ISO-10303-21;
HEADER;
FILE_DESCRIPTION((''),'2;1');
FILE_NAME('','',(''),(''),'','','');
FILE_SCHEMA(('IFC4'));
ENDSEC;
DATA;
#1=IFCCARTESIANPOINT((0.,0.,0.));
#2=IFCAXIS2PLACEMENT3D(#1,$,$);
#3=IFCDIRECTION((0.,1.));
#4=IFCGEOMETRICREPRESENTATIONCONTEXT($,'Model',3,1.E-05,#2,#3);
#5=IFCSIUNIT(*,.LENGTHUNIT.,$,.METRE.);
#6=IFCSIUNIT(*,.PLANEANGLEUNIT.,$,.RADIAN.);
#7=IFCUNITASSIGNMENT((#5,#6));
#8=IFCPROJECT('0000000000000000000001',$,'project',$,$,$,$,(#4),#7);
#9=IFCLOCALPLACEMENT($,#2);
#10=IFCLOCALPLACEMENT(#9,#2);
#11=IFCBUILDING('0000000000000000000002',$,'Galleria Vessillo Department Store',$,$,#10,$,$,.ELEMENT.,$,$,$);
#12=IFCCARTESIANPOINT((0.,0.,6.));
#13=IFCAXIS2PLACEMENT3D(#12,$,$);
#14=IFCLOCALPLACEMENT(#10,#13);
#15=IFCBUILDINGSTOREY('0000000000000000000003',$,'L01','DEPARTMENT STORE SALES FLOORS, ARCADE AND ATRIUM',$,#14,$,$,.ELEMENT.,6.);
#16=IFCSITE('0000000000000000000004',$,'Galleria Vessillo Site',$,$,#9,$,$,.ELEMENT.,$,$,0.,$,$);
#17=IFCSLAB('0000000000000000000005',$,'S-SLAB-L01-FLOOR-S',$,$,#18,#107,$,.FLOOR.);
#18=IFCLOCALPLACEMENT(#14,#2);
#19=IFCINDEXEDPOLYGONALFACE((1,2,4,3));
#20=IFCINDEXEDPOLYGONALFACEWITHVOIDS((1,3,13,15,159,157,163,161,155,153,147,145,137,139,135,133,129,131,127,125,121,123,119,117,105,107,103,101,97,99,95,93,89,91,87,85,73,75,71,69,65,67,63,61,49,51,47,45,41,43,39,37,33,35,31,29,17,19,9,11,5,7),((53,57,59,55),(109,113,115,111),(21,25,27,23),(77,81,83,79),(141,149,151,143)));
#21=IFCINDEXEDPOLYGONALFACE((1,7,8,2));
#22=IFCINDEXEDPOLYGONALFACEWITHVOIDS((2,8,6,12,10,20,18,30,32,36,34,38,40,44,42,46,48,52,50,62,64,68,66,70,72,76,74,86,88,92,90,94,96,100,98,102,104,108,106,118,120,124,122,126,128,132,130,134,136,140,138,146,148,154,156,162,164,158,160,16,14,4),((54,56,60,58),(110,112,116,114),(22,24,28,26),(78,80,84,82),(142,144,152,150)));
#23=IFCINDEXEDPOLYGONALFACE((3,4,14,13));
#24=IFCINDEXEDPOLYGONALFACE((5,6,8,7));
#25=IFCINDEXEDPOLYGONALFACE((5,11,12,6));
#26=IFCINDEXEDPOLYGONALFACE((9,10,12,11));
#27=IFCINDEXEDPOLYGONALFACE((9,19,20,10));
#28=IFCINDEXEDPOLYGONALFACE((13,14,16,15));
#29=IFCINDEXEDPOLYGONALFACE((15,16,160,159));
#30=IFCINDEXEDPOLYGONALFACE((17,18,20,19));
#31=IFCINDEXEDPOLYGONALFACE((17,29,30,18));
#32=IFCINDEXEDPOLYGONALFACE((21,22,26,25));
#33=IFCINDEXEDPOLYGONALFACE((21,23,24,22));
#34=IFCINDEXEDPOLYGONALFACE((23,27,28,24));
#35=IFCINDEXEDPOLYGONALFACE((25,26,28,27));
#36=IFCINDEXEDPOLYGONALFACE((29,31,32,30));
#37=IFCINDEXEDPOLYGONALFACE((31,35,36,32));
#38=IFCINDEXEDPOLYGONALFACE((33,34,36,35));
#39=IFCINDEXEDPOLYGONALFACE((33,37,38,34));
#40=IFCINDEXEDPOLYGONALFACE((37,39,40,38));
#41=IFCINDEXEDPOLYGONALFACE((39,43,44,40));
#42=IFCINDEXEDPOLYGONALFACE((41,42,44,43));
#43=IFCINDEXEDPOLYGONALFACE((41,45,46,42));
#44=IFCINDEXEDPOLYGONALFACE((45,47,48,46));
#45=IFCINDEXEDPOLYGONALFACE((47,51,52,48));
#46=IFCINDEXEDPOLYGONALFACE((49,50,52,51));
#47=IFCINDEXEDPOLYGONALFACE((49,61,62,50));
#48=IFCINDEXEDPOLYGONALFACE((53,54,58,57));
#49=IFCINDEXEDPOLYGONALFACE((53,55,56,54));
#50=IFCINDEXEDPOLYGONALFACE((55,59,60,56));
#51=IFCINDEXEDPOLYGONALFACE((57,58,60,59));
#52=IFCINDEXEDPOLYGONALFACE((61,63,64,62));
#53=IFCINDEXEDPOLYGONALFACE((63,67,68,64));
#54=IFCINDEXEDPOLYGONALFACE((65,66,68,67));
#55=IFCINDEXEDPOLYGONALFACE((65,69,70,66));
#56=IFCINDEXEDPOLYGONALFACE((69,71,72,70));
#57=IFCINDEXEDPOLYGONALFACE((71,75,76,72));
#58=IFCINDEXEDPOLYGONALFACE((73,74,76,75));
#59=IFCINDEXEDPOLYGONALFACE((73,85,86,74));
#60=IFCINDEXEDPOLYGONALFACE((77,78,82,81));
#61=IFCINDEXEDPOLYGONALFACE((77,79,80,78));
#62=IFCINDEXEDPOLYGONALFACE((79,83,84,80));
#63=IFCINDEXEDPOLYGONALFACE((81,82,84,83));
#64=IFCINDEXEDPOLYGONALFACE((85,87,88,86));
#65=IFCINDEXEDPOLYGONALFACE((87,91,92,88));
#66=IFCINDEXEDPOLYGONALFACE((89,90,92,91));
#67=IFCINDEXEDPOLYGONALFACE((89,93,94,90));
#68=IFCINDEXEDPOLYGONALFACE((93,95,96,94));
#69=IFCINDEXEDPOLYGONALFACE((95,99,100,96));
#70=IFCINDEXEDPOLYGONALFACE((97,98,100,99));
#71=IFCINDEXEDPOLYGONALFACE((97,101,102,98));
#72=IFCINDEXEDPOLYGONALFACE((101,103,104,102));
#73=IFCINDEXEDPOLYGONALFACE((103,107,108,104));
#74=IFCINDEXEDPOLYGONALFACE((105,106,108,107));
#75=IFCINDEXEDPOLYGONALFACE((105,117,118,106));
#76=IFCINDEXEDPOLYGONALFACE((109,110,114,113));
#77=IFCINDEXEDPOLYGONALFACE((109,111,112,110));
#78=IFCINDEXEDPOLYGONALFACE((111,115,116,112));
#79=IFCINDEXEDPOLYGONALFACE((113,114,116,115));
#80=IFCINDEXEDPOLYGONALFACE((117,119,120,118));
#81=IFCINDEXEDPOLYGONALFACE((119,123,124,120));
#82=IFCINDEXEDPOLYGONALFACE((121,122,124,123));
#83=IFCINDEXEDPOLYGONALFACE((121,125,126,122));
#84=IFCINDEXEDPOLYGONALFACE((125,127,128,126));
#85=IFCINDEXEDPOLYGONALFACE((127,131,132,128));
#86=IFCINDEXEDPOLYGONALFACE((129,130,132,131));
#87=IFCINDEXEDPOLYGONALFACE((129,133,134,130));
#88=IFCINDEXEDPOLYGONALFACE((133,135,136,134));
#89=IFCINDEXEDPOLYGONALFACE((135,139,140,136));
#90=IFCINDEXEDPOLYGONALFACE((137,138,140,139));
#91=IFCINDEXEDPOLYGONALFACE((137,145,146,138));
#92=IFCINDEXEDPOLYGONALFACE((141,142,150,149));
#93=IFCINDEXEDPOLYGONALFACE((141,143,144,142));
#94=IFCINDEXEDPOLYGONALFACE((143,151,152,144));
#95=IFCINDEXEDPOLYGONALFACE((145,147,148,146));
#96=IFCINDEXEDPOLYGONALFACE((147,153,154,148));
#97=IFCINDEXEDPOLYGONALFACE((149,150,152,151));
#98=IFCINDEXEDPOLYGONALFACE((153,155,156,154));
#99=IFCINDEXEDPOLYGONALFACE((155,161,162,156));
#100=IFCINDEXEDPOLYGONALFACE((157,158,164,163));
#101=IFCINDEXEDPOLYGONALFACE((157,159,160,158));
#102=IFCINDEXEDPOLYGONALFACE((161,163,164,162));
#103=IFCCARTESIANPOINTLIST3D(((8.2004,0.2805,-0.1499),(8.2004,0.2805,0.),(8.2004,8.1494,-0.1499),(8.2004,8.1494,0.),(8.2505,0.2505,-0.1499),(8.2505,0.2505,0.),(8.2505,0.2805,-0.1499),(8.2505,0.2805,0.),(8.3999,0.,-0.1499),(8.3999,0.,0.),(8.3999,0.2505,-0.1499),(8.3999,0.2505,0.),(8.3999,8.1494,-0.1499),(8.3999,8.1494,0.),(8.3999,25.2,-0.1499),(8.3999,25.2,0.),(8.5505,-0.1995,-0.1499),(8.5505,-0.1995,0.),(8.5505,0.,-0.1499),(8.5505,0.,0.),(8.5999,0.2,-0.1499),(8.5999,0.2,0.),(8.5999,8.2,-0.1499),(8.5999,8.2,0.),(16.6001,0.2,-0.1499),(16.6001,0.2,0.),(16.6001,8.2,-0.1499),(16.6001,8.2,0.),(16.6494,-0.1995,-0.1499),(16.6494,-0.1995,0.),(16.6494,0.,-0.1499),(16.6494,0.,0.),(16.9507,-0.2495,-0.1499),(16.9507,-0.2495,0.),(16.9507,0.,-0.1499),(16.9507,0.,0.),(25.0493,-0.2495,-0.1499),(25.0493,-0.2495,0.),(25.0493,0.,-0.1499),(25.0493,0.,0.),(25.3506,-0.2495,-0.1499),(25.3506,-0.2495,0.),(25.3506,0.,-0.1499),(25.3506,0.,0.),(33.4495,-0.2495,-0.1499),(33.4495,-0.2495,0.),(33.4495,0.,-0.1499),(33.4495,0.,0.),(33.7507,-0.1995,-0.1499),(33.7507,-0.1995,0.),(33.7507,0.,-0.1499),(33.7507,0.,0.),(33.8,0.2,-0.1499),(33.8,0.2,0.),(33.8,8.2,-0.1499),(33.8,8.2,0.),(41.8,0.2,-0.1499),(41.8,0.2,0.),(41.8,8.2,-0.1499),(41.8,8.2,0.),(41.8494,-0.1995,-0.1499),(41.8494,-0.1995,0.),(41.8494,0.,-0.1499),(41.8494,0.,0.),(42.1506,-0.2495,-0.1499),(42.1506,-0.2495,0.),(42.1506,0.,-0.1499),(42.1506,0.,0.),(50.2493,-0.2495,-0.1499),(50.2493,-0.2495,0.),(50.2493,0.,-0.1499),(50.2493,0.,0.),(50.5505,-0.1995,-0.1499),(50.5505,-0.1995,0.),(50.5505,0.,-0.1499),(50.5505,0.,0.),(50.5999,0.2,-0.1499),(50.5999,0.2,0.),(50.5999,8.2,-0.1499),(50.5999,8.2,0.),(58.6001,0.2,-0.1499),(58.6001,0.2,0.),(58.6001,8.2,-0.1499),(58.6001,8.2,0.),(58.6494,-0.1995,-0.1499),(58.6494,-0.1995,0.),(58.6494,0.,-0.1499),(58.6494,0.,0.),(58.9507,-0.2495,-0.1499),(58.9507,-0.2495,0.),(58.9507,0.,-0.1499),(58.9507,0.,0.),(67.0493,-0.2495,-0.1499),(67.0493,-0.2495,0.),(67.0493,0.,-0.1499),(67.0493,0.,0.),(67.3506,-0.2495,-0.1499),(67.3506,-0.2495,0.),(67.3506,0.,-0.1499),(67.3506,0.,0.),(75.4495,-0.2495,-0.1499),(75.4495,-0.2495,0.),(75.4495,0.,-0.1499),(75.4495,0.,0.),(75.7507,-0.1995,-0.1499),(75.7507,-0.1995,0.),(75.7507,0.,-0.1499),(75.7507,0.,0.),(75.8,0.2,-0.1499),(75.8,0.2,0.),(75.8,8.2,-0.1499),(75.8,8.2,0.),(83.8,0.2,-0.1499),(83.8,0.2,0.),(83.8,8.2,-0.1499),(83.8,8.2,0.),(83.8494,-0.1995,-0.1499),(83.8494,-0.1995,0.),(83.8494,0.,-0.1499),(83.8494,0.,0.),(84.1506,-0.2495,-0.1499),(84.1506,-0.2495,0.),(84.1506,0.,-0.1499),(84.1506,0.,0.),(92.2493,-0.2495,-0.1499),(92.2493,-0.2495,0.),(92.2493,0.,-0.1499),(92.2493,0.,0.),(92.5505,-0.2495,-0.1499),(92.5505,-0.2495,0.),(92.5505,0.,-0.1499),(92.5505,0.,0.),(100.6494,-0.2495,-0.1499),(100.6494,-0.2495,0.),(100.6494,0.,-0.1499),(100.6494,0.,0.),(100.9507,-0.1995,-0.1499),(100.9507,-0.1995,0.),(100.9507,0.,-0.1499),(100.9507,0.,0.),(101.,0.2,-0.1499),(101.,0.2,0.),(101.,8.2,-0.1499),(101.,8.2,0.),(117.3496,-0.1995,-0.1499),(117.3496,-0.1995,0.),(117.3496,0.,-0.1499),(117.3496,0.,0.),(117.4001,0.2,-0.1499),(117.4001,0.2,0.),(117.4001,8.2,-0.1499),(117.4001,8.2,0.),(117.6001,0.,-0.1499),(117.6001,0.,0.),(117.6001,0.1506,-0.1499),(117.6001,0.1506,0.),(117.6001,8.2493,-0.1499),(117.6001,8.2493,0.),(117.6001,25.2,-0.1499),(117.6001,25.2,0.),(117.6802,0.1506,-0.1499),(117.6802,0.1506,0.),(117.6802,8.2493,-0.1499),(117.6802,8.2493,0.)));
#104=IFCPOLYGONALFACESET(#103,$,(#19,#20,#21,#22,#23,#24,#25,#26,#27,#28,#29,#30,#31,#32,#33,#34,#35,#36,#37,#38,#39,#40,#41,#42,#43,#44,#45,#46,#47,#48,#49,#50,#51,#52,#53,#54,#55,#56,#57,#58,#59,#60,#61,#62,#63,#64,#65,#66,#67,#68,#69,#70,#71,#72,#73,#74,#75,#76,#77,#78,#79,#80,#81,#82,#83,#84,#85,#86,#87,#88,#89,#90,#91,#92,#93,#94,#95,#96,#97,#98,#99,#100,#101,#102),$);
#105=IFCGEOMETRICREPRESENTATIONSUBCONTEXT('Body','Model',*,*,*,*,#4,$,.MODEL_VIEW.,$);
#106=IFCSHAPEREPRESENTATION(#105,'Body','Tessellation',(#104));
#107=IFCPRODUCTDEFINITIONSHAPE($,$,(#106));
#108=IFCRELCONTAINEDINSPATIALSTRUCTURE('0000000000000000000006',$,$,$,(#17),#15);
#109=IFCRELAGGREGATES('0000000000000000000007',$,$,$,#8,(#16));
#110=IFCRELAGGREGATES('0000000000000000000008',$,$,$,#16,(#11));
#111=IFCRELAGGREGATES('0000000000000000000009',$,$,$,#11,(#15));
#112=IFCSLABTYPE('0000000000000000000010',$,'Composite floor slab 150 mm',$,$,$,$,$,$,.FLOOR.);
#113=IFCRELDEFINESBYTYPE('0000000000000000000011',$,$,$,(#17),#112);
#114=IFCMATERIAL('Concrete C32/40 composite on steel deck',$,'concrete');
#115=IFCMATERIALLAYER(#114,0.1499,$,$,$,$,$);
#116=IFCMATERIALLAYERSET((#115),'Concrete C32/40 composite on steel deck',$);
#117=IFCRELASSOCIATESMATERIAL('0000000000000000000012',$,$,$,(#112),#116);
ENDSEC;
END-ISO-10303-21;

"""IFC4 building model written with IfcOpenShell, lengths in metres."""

from ifc_helpers import new_model, si_unit, direction, frame, origin, place, context, subcontext, project, spatial, polyline, outline, extrude, material, layer, layer_set, type_object, element, save


model = new_model("IFC4")

# Units and contexts
model_context = context("Model", 3, precision=1e-05, world=origin(), true_north=direction((0.0, 1.0)))
body_context = subcontext(model_context, "Body", "Model", "MODEL_VIEW")
ifc_project = project(units=[si_unit("LENGTHUNIT", "METRE"), si_unit("PLANEANGLEUNIT", "RADIAN")], contexts=[model_context])

# Site, building, storey
site_placement = place(None, origin())
site = spatial("IfcSite", under=ifc_project, at=site_placement, Name="Galleria Vessillo Site", CompositionType="ELEMENT", RefElevation=0.0)
building_placement = place(site_placement, origin())
building = spatial("IfcBuilding", under=site, at=building_placement, Name="Galleria Vessillo Department Store", CompositionType="ELEMENT")
storey_placement = place(building_placement, frame((0.0, 0.0, 6.0)))
storey = spatial("IfcBuildingStorey", under=building, at=storey_placement, Name="L01", Description="DEPARTMENT STORE SALES FLOORS, ARCADE AND ATRIUM", CompositionType="ELEMENT", Elevation=6.0)

# Slab
ifc_material_1 = material(Name="Concrete C32/40 composite on steel deck", Category="concrete")
ifc_layer_1 = layer(ifc_material_1, 0.1499)
ifc_layer_set_1 = layer_set([ifc_layer_1], Name="Concrete C32/40 composite on steel deck")
slab_type_1 = type_object("IfcSlabType", Name="Composite floor slab 150 mm", PredefinedType="FLOOR", material=ifc_layer_set_1)
slab_1_placement = place(storey_placement, frame((0.0, 0.0, -0.1499)))
element("IfcSlab", 1, at=slab_1_placement, inside=storey, type_object=slab_type_1, Name="S-SLAB-L01-FLOOR-S", PredefinedType="FLOOR", context=body_context, shape_type="SweptSolid", body=[
    extrude(outline(polyline([(84.1506, 0.0), (83.8494, 0.0), (83.8494, -0.1995), (75.7507, -0.1995), (75.7507, 0.0), (75.4495, 0.0), (75.4495, -0.2495), (67.3506, -0.2495), (67.3506, 0.0), (67.0493, 0.0), (67.0493, -0.2495), (58.9507, -0.2495), (58.9507, 0.0), (58.6494, 0.0), (58.6494, -0.1995), (50.5505, -0.1995), (50.5505, 0.0), (50.2493, 0.0), (50.2493, -0.2495), (42.1506, -0.2495), (42.1506, 0.0), (41.8494, 0.0), (41.8494, -0.1995), (33.7507, -0.1995), (33.7507, 0.0), (33.4495, 0.0), (33.4495, -0.2495), (25.3506, -0.2495), (25.3506, 0.0), (25.0493, 0.0), (25.0493, -0.2495), (16.9507, -0.2495), (16.9507, 0.0), (16.6494, 0.0), (16.6494, -0.1995), (8.5505, -0.1995), (8.5505, 0.0), (8.3999, 0.0), (8.3999, 0.2505), (8.2505, 0.2505), (8.2505, 0.2805), (8.2004, 0.2805), (8.2004, 8.1494), (8.3999, 8.1494), (8.3999, 25.2), (117.6001, 25.2), (117.6001, 8.2493), (117.6802, 8.2493), (117.6802, 0.1506), (117.6001, 0.1506), (117.6001, 0.0), (117.3496, 0.0), (117.3496, -0.1995), (100.9507, -0.1995), (100.9507, 0.0), (100.6494, 0.0), (100.6494, -0.2495), (92.5505, -0.2495), (92.5505, 0.0), (92.2493, 0.0), (92.2493, -0.2495), (84.1506, -0.2495), (84.1506, 0.0)]), holes=[polyline([(8.5999, 8.2), (8.5999, 0.2), (16.6001, 0.2), (16.6001, 8.2), (8.5999, 8.2)]), polyline([(33.8, 8.2), (33.8, 0.2), (41.8, 0.2), (41.8, 8.2), (33.8, 8.2)]), polyline([(50.5999, 8.2), (50.5999, 0.2), (58.6001, 0.2), (58.6001, 8.2), (50.5999, 8.2)]), polyline([(83.8, 8.2), (75.8, 8.2), (75.8, 0.2), (83.8, 0.2), (83.8, 8.2)]), polyline([(117.4001, 8.2), (101.0, 8.2), (101.0, 0.2), (117.4001, 0.2), (117.4001, 8.2)])]), origin(), (0.0, 0.0, 1.0), 0.1499),
])

save(model, "model.ifc")
